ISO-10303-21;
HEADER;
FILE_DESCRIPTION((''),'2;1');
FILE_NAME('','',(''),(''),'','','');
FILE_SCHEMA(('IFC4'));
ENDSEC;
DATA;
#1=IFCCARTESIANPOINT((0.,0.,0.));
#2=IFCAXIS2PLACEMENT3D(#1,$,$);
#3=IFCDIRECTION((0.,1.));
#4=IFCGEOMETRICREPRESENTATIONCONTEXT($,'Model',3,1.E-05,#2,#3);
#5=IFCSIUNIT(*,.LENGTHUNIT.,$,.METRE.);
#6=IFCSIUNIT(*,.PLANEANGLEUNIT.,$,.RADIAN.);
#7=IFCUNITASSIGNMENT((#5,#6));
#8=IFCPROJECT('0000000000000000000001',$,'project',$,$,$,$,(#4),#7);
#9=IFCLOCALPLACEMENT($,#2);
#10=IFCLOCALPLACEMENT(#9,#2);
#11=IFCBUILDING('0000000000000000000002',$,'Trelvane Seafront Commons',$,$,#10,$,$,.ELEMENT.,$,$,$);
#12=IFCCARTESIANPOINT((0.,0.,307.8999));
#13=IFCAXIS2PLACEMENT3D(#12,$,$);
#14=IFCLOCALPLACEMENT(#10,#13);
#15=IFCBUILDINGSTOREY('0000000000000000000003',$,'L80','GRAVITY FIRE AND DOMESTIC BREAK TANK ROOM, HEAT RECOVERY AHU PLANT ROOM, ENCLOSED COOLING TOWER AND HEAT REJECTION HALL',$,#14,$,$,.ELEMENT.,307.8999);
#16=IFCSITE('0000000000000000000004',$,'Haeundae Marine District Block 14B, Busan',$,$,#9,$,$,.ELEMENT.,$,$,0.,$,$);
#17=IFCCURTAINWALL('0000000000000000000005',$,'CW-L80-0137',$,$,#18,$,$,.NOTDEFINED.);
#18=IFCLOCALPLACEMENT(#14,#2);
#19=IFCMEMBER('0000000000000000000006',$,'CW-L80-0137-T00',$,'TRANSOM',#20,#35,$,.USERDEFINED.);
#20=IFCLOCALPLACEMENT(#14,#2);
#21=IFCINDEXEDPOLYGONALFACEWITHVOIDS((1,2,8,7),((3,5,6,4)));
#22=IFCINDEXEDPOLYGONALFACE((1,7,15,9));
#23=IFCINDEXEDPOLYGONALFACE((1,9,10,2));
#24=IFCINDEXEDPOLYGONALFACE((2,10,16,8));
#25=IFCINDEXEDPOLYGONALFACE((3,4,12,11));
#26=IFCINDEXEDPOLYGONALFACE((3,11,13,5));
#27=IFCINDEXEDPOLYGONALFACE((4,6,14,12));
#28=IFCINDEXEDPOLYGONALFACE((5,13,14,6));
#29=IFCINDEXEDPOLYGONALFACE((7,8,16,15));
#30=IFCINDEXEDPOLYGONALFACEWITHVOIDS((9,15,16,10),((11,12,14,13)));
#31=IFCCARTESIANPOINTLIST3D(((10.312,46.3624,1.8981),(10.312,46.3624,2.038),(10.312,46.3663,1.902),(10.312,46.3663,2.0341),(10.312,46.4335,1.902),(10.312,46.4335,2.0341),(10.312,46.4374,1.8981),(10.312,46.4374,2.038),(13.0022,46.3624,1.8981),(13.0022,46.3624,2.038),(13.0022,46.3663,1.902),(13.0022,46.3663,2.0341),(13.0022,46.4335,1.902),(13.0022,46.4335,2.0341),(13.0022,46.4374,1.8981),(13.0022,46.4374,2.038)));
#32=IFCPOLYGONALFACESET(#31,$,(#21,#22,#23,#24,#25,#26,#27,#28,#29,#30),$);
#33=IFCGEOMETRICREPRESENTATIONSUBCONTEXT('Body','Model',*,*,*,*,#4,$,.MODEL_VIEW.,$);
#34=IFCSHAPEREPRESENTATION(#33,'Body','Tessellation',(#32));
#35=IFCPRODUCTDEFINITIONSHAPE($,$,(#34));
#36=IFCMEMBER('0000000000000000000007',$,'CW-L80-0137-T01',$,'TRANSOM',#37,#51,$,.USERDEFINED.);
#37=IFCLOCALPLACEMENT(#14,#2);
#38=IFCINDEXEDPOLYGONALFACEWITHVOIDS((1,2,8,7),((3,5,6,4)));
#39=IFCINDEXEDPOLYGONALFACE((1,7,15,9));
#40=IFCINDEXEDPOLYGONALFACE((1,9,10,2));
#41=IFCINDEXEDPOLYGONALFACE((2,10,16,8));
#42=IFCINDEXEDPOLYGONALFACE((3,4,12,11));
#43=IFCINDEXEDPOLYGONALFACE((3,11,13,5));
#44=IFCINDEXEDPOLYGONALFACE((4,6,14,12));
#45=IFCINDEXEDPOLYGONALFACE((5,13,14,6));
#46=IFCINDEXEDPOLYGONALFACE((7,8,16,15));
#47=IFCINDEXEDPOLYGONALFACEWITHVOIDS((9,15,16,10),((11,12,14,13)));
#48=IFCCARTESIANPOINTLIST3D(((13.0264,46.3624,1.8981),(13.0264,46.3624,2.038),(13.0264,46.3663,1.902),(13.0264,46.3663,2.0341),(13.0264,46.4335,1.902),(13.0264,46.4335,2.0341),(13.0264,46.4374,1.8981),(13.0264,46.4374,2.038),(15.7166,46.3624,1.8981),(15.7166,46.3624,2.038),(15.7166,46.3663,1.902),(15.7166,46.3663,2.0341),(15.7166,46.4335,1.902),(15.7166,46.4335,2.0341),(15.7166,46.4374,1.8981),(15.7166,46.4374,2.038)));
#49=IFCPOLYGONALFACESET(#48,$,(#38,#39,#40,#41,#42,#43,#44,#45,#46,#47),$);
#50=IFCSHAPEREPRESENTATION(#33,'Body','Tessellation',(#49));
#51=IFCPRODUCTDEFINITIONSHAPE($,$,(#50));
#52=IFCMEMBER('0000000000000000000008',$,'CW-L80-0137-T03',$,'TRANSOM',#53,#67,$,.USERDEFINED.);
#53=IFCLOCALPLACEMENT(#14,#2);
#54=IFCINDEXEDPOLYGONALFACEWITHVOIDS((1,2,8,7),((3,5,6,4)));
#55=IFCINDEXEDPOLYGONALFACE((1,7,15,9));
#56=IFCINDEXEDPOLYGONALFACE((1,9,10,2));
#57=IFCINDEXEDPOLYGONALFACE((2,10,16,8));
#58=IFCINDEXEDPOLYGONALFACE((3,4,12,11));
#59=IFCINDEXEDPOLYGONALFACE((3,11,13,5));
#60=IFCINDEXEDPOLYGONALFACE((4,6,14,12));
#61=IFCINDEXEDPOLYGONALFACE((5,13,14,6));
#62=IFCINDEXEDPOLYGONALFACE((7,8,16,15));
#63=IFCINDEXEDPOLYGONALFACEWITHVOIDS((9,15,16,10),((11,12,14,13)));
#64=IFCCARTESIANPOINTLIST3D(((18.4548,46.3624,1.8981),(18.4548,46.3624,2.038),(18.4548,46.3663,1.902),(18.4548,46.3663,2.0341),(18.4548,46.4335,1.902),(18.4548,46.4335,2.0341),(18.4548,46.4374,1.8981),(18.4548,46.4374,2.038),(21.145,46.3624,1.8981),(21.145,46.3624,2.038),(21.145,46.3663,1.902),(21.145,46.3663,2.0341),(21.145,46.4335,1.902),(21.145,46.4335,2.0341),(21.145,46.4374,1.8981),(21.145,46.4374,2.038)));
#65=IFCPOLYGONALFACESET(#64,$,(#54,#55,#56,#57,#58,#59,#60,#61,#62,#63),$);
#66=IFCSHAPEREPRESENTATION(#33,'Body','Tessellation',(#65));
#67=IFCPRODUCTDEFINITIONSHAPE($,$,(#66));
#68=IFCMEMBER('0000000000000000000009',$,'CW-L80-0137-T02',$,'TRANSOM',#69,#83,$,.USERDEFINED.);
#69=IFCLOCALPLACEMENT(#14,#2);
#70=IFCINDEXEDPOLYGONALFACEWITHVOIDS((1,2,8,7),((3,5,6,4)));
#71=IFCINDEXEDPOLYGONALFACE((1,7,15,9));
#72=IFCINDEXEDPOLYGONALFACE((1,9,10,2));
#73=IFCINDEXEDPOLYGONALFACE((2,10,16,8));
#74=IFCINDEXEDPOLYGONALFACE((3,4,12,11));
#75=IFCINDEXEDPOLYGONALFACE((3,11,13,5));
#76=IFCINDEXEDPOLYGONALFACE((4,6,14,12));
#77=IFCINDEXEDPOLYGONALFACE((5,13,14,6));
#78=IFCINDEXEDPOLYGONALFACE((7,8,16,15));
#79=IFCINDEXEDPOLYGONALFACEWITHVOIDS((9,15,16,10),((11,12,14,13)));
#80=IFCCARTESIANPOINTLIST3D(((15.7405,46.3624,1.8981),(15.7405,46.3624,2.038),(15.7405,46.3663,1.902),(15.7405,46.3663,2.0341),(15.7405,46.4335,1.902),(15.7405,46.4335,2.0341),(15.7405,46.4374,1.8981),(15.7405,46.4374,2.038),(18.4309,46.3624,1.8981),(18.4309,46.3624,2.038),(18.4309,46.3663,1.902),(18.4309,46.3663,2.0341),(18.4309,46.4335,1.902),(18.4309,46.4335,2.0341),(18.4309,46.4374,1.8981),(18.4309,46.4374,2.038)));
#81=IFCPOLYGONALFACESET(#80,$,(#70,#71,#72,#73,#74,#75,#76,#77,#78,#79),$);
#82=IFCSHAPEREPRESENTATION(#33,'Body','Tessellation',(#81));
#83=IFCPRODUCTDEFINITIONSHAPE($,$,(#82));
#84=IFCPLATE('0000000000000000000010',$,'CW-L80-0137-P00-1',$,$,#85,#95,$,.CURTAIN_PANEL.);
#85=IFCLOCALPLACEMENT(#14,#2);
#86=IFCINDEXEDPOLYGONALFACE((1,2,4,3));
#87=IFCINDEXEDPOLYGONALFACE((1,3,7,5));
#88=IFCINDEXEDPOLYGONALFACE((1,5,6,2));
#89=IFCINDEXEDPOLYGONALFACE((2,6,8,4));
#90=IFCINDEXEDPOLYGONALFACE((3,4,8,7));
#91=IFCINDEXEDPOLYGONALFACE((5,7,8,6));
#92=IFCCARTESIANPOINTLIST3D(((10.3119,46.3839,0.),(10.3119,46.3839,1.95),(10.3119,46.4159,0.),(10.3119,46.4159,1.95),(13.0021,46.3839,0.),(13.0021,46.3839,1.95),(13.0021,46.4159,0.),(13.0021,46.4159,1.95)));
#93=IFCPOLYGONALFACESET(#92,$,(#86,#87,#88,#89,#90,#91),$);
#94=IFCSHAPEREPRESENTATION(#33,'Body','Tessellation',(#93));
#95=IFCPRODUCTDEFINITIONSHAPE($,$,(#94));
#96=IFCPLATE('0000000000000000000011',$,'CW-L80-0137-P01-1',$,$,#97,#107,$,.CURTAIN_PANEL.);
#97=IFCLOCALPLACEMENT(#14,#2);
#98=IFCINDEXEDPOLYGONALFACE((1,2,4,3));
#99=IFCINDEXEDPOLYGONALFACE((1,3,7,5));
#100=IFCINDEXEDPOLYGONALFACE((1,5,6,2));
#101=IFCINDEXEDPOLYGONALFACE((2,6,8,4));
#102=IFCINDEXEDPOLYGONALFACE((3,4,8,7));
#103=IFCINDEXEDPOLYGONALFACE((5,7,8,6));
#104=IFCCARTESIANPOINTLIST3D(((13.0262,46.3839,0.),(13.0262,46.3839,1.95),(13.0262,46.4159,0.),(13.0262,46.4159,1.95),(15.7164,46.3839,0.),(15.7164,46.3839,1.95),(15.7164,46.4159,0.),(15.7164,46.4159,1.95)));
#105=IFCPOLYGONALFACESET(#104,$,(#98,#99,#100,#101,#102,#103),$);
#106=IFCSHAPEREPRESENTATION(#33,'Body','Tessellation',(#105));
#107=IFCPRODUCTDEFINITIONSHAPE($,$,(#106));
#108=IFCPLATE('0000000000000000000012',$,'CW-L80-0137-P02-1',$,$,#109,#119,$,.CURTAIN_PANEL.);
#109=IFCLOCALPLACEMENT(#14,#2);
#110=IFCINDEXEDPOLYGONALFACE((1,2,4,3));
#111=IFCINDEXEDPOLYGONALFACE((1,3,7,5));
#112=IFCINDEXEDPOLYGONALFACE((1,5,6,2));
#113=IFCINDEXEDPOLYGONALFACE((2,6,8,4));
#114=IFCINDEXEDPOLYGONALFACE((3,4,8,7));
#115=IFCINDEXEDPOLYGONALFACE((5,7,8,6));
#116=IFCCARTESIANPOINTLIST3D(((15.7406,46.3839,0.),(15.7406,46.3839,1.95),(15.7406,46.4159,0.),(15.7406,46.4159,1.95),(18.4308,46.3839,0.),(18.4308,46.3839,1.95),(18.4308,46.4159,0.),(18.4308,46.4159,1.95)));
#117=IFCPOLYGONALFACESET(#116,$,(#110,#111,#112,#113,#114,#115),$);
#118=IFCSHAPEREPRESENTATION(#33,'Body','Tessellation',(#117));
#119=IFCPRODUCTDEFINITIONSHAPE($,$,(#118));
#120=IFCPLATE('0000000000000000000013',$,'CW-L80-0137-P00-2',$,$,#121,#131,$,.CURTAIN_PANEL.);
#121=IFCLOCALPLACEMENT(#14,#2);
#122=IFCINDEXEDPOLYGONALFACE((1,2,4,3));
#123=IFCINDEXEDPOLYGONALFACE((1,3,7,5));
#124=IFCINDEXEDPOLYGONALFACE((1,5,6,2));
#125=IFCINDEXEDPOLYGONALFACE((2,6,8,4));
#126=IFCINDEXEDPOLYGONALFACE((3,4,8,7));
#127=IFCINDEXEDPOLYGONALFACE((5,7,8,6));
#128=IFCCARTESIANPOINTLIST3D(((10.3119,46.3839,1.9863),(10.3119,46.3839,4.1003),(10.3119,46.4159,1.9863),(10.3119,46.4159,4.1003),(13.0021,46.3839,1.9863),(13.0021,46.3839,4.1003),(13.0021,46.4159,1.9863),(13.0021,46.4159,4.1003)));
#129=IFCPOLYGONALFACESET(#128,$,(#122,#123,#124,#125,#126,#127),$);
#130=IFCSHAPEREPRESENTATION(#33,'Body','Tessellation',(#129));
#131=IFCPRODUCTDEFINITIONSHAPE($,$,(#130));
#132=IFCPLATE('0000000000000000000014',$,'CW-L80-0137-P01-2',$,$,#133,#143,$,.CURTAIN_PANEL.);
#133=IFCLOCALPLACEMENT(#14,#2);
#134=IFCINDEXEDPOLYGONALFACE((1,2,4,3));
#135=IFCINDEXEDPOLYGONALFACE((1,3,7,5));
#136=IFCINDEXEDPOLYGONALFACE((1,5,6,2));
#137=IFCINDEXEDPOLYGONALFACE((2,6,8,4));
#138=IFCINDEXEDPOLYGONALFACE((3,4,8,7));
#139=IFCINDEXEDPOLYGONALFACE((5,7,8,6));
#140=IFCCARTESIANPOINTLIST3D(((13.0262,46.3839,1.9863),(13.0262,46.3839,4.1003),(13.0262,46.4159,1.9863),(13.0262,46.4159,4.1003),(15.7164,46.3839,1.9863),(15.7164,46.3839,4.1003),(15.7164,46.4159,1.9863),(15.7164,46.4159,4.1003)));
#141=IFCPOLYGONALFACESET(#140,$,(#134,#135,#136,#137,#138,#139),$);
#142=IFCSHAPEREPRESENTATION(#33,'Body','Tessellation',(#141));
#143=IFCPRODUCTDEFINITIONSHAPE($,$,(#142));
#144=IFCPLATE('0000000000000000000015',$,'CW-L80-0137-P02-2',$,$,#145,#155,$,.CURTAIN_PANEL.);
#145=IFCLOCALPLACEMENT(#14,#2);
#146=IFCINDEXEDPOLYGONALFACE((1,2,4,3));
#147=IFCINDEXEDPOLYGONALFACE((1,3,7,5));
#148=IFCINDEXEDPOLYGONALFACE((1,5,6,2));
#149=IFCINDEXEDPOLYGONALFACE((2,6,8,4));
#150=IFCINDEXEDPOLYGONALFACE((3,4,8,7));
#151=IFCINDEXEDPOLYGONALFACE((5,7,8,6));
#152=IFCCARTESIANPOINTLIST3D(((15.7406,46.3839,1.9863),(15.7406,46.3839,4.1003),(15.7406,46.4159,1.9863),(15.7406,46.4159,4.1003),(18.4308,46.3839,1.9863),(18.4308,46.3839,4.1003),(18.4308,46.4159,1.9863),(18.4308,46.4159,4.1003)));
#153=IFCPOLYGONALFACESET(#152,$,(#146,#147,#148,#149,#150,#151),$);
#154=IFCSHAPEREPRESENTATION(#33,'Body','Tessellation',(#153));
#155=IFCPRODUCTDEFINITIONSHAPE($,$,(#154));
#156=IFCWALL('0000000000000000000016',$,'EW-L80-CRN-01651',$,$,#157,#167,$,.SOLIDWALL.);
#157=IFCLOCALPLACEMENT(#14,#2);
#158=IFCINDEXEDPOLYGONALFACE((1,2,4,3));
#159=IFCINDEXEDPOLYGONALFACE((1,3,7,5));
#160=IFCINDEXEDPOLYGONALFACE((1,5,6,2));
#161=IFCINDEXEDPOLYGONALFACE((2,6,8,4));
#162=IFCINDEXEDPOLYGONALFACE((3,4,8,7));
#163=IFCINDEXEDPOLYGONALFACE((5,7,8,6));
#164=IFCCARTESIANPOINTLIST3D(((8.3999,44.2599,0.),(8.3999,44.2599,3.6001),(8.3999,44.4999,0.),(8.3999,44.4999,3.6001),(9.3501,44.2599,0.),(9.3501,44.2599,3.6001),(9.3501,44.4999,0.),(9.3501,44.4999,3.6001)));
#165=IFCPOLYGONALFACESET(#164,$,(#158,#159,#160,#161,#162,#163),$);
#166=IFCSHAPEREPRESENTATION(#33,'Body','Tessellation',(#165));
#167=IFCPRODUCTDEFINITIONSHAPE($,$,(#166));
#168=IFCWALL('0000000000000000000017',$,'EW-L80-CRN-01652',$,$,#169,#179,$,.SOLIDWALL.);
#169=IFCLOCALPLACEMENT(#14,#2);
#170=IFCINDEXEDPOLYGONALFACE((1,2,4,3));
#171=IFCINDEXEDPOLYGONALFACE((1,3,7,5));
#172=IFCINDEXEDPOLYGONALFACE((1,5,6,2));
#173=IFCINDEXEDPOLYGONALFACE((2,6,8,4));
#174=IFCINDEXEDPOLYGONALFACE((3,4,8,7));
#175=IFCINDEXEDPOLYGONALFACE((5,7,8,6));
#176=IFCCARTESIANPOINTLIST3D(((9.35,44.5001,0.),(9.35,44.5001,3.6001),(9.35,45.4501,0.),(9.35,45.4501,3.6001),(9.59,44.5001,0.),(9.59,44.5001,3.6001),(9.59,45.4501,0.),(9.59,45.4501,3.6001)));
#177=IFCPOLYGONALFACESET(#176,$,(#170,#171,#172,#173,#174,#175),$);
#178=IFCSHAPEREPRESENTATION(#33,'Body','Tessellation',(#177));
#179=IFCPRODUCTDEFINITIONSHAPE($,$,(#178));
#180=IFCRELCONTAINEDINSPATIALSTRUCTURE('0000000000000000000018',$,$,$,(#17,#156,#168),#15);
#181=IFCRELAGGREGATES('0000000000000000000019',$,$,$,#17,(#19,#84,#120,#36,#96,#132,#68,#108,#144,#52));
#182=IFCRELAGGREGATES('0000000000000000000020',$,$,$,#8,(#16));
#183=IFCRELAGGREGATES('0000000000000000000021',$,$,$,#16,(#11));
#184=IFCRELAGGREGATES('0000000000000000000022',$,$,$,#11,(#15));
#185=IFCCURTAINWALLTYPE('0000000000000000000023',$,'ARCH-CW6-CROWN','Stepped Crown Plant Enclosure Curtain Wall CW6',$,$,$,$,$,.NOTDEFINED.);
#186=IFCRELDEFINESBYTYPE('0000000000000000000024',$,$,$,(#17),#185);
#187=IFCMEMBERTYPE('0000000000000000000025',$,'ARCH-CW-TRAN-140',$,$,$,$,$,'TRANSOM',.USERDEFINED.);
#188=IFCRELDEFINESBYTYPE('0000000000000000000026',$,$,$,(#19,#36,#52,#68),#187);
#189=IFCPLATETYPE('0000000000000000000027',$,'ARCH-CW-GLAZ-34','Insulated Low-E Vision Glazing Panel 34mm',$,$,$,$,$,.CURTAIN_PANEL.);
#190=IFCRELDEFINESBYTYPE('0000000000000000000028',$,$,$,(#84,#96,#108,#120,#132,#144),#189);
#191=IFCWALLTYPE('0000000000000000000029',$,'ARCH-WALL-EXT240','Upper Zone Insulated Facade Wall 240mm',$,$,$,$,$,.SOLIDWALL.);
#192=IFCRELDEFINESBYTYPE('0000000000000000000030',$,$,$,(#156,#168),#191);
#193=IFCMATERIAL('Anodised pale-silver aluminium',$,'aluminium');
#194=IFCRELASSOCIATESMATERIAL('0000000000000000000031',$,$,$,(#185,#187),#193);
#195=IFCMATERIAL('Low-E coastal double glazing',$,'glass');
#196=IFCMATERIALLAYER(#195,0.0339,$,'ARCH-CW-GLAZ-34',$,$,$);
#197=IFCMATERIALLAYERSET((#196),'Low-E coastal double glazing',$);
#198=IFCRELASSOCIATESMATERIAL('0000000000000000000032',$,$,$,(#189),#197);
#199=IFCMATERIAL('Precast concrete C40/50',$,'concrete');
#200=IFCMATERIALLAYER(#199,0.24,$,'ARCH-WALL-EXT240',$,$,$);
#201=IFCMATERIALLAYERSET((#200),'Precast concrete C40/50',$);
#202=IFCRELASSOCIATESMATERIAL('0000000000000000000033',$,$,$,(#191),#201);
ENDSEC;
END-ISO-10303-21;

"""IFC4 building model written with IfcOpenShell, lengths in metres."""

from ifc_helpers import new_model, si_unit, direction, frame, frame_2d, origin, origin_2d, place, context, subcontext, project, spatial, rectangle, hollow_rectangle, extrude, source, transform, mapped, material, layer, layer_set, material_profile, profile_set, type_object, element, aggregate, save


model = new_model("IFC4")

# Units and contexts
model_context = context("Model", 3, precision=1e-05, world=origin(), true_north=direction((0.0, 1.0)))
body_context = subcontext(model_context, "Body", "Model", "MODEL_VIEW")
ifc_project = project(units=[si_unit("LENGTHUNIT", "METRE"), si_unit("PLANEANGLEUNIT", "RADIAN")], contexts=[model_context])

# Site, building, storey
site_placement = place(None, origin())
site = spatial("IfcSite", under=ifc_project, at=site_placement, Name="Haeundae Marine District Block 14B, Busan", CompositionType="ELEMENT", RefElevation=0.0)
building_placement = place(site_placement, origin())
building = spatial("IfcBuilding", under=site, at=building_placement, Name="Trelvane Seafront Commons", CompositionType="ELEMENT")
storey_placement = place(building_placement, frame((0.0, 0.0, 307.8999)))
storey = spatial("IfcBuildingStorey", under=building, at=storey_placement, Name="L80", Description="GRAVITY FIRE AND DOMESTIC BREAK TANK ROOM, HEAT RECOVERY AHU PLANT ROOM, ENCLOSED COOLING TOWER AND HEAT REJECTION HALL", CompositionType="ELEMENT", Elevation=307.8999)

# Shared definitions
ifc_material_1 = material(Name="Anodised pale-silver aluminium", Category="aluminium")
curtain_wall_type = type_object("IfcCurtainWallType", Name="ARCH-CW6-CROWN", Description="Stepped Crown Plant Enclosure Curtain Wall CW6", PredefinedType="NOTDEFINED", material=ifc_material_1)

# Curtain wall, members, plates
curtain_wall_1_placement = place(storey_placement, origin())
curtain_wall_1 = element("IfcCurtainWall", 1, at=curtain_wall_1_placement, inside=storey, type_object=curtain_wall_type, Name="CW-L80-0137", PredefinedType="NOTDEFINED")
ifc_material_profile_1 = material_profile(ifc_material_1, hollow_rectangle(XDim=0.075, YDim=0.1399, WallThickness=0.0039, at=origin_2d()), Name="TRAN-75x140x4")
ifc_profile_set_1 = profile_set([ifc_material_profile_1], Name="Anodised pale-silver aluminium")
member_type_1 = type_object("IfcMemberType", Name="ARCH-CW-TRAN-140", ElementType="TRANSOM", PredefinedType="USERDEFINED", material=ifc_profile_set_1)
shared_shape_1 = source(origin(), body_context, "Body", "SweptSolid", [
    extrude(hollow_rectangle(XDim=0.075, YDim=0.1399, WallThickness=0.0039, at=origin_2d()), origin(), (0.0, 0.0, 1.0), 2.6902),
])
member_1_placement = place(storey_placement, frame((10.312, 46.3999, 1.968), z_axis=(1.0, 0.0, 0.0), x_axis=(0.0, 1.0, 0.0)))
member_1 = element("IfcMember", 2, at=member_1_placement, type_object=member_type_1, Name="CW-L80-0137-T00", ObjectType="TRANSOM", PredefinedType="USERDEFINED", context=body_context, shape_type="MappedRepresentation", body=[
    mapped(shared_shape_1, transform((0.0, 0.0, 0.0), x_axis=(1.0, 0.0, 0.0), y_axis=(0.0, 1.0, 0.0), z_axis=(0.0, 0.0, 1.0), scale=1.0)),
])
member_2_placement = place(storey_placement, frame((13.0264, 46.3999, 1.968), z_axis=(1.0, 0.0, 0.0), x_axis=(0.0, 1.0, 0.0)))
member_2 = element("IfcMember", 3, at=member_2_placement, type_object=member_type_1, Name="CW-L80-0137-T01", ObjectType="TRANSOM", PredefinedType="USERDEFINED", context=body_context, shape_type="MappedRepresentation", body=[
    mapped(shared_shape_1, transform((0.0, 0.0, 0.0), x_axis=(1.0, 0.0, 0.0), y_axis=(0.0, 1.0, 0.0), z_axis=(0.0, 0.0, 1.0), scale=1.0)),
])
member_3_placement = place(storey_placement, frame((18.4548, 46.3999, 1.968), z_axis=(1.0, 0.0, 0.0), x_axis=(0.0, 1.0, 0.0)))
member_3 = element("IfcMember", 4, at=member_3_placement, type_object=member_type_1, Name="CW-L80-0137-T03", ObjectType="TRANSOM", PredefinedType="USERDEFINED", context=body_context, shape_type="MappedRepresentation", body=[
    mapped(shared_shape_1, transform((0.0, 0.0, 0.0), x_axis=(1.0, 0.0, 0.0), y_axis=(0.0, 1.0, 0.0), z_axis=(0.0, 0.0, 1.0), scale=1.0)),
])
shared_shape_2 = source(origin(), body_context, "Body", "SweptSolid", [
    extrude(hollow_rectangle(XDim=0.075, YDim=0.1399, WallThickness=0.0039, at=origin_2d()), origin(), (0.0, 0.0, 1.0), 2.6904),
])
member_4_placement = place(storey_placement, frame((15.7405, 46.3999, 1.968), z_axis=(1.0, 0.0, 0.0), x_axis=(0.0, 1.0, 0.0)))
member_4 = element("IfcMember", 5, at=member_4_placement, type_object=member_type_1, Name="CW-L80-0137-T02", ObjectType="TRANSOM", PredefinedType="USERDEFINED", context=body_context, shape_type="MappedRepresentation", body=[
    mapped(shared_shape_2, transform((0.0, 0.0, 0.0), x_axis=(1.0, 0.0, 0.0), y_axis=(0.0, 1.0, 0.0), z_axis=(0.0, 0.0, 1.0), scale=1.0)),
])
ifc_material_2 = material(Name="Low-E coastal double glazing", Category="glass")
ifc_layer_1 = layer(ifc_material_2, 0.0339, Name="ARCH-CW-GLAZ-34")
ifc_layer_set_1 = layer_set([ifc_layer_1], Name="Low-E coastal double glazing")
plate_type = type_object("IfcPlateType", Name="ARCH-CW-GLAZ-34", Description="Insulated Low-E Vision Glazing Panel 34mm", PredefinedType="CURTAIN_PANEL", material=ifc_layer_set_1)
shared_shape_3 = source(origin(), body_context, "Body", "SweptSolid", [
    extrude(rectangle(XDim=2.6902, YDim=0.032, at=origin_2d()), origin(), (0.0, 0.0, 1.0), 1.95),
])
plate_1_placement = place(storey_placement, frame((11.657, 46.3999, 0.0), z_axis=(0.0, 0.0, 1.0), x_axis=(1.0, 0.0, 0.0)))
plate_1 = element("IfcPlate", 6, at=plate_1_placement, type_object=plate_type, Name="CW-L80-0137-P00-1", PredefinedType="CURTAIN_PANEL", context=body_context, shape_type="MappedRepresentation", body=[
    mapped(shared_shape_3, transform((0.0, 0.0, 0.0), x_axis=(1.0, 0.0, 0.0), y_axis=(0.0, 1.0, 0.0), z_axis=(0.0, 0.0, 1.0), scale=1.0)),
])
plate_2_placement = place(storey_placement, frame((14.3713, 46.3999, 0.0), z_axis=(0.0, 0.0, 1.0), x_axis=(1.0, 0.0, 0.0)))
plate_2 = element("IfcPlate", 7, at=plate_2_placement, type_object=plate_type, Name="CW-L80-0137-P01-1", PredefinedType="CURTAIN_PANEL", context=body_context, shape_type="MappedRepresentation", body=[
    mapped(shared_shape_3, transform((0.0, 0.0, 0.0), x_axis=(1.0, 0.0, 0.0), y_axis=(0.0, 1.0, 0.0), z_axis=(0.0, 0.0, 1.0), scale=1.0)),
])
plate_3_placement = place(storey_placement, frame((17.0857, 46.3999, 0.0), z_axis=(0.0, 0.0, 1.0), x_axis=(1.0, 0.0, 0.0)))
plate_3 = element("IfcPlate", 8, at=plate_3_placement, type_object=plate_type, Name="CW-L80-0137-P02-1", PredefinedType="CURTAIN_PANEL", context=body_context, shape_type="MappedRepresentation", body=[
    mapped(shared_shape_3, transform((0.0, 0.0, 0.0), x_axis=(1.0, 0.0, 0.0), y_axis=(0.0, 1.0, 0.0), z_axis=(0.0, 0.0, 1.0), scale=1.0)),
])
shared_shape_4 = source(origin(), body_context, "Body", "SweptSolid", [
    extrude(rectangle(XDim=2.6902, YDim=0.032, at=origin_2d()), origin(), (0.0, 0.0, 1.0), 2.114),
])
plate_4_placement = place(storey_placement, frame((11.657, 46.3999, 1.9863), z_axis=(0.0, 0.0, 1.0), x_axis=(1.0, 0.0, 0.0)))
plate_4 = element("IfcPlate", 9, at=plate_4_placement, type_object=plate_type, Name="CW-L80-0137-P00-2", PredefinedType="CURTAIN_PANEL", context=body_context, shape_type="MappedRepresentation", body=[
    mapped(shared_shape_4, transform((0.0, 0.0, 0.0), x_axis=(1.0, 0.0, 0.0), y_axis=(0.0, 1.0, 0.0), z_axis=(0.0, 0.0, 1.0), scale=1.0)),
])
plate_5_placement = place(storey_placement, frame((14.3713, 46.3999, 1.9863), z_axis=(0.0, 0.0, 1.0), x_axis=(1.0, 0.0, 0.0)))
plate_5 = element("IfcPlate", 10, at=plate_5_placement, type_object=plate_type, Name="CW-L80-0137-P01-2", PredefinedType="CURTAIN_PANEL", context=body_context, shape_type="MappedRepresentation", body=[
    mapped(shared_shape_4, transform((0.0, 0.0, 0.0), x_axis=(1.0, 0.0, 0.0), y_axis=(0.0, 1.0, 0.0), z_axis=(0.0, 0.0, 1.0), scale=1.0)),
])
plate_6_placement = place(storey_placement, frame((17.0857, 46.3999, 1.9863), z_axis=(0.0, 0.0, 1.0), x_axis=(1.0, 0.0, 0.0)))
plate_6 = element("IfcPlate", 11, at=plate_6_placement, type_object=plate_type, Name="CW-L80-0137-P02-2", PredefinedType="CURTAIN_PANEL", context=body_context, shape_type="MappedRepresentation", body=[
    mapped(shared_shape_4, transform((0.0, 0.0, 0.0), x_axis=(1.0, 0.0, 0.0), y_axis=(0.0, 1.0, 0.0), z_axis=(0.0, 0.0, 1.0), scale=1.0)),
])
aggregate(curtain_wall_1, [member_1, plate_1, plate_4, member_2, plate_2, plate_5, member_4, plate_3, plate_6, member_3])

# Walls
ifc_material_3 = material(Name="Precast concrete C40/50", Category="concrete")
ifc_layer_2 = layer(ifc_material_3, 0.24, Name="ARCH-WALL-EXT240")
ifc_layer_set_2 = layer_set([ifc_layer_2], Name="Precast concrete C40/50")
wall_type = type_object("IfcWallType", Name="ARCH-WALL-EXT240", Description="Upper Zone Insulated Facade Wall 240mm", PredefinedType="SOLIDWALL", material=ifc_layer_set_2)
wall_1_placement = place(storey_placement, frame((8.3999, 44.3799, 0.0), z_axis=(0.0, 0.0, 1.0), x_axis=(1.0, 0.0, 0.0)))
element("IfcWall", 12, at=wall_1_placement, inside=storey, type_object=wall_type, Name="EW-L80-CRN-01651", PredefinedType="SOLIDWALL", context=body_context, shape_type="SweptSolid", body=[
    extrude(rectangle(XDim=0.9502, YDim=0.24, at=frame_2d((0.4751, 0.0))), origin(), (0.0, 0.0, 1.0), 3.6001),
])
wall_2_placement = place(storey_placement, frame((9.47, 44.5, 0.0), z_axis=(0.0, 0.0, 1.0), x_axis=(0.0, 1.0, 0.0)))
element("IfcWall", 13, at=wall_2_placement, inside=storey, type_object=wall_type, Name="EW-L80-CRN-01652", PredefinedType="SOLIDWALL", context=body_context, shape_type="SweptSolid", body=[
    extrude(rectangle(XDim=0.95, YDim=0.24, at=frame_2d((0.4751, 0.0))), origin(), (0.0, 0.0, 1.0), 3.6001),
])

save(model, "model.ifc")
